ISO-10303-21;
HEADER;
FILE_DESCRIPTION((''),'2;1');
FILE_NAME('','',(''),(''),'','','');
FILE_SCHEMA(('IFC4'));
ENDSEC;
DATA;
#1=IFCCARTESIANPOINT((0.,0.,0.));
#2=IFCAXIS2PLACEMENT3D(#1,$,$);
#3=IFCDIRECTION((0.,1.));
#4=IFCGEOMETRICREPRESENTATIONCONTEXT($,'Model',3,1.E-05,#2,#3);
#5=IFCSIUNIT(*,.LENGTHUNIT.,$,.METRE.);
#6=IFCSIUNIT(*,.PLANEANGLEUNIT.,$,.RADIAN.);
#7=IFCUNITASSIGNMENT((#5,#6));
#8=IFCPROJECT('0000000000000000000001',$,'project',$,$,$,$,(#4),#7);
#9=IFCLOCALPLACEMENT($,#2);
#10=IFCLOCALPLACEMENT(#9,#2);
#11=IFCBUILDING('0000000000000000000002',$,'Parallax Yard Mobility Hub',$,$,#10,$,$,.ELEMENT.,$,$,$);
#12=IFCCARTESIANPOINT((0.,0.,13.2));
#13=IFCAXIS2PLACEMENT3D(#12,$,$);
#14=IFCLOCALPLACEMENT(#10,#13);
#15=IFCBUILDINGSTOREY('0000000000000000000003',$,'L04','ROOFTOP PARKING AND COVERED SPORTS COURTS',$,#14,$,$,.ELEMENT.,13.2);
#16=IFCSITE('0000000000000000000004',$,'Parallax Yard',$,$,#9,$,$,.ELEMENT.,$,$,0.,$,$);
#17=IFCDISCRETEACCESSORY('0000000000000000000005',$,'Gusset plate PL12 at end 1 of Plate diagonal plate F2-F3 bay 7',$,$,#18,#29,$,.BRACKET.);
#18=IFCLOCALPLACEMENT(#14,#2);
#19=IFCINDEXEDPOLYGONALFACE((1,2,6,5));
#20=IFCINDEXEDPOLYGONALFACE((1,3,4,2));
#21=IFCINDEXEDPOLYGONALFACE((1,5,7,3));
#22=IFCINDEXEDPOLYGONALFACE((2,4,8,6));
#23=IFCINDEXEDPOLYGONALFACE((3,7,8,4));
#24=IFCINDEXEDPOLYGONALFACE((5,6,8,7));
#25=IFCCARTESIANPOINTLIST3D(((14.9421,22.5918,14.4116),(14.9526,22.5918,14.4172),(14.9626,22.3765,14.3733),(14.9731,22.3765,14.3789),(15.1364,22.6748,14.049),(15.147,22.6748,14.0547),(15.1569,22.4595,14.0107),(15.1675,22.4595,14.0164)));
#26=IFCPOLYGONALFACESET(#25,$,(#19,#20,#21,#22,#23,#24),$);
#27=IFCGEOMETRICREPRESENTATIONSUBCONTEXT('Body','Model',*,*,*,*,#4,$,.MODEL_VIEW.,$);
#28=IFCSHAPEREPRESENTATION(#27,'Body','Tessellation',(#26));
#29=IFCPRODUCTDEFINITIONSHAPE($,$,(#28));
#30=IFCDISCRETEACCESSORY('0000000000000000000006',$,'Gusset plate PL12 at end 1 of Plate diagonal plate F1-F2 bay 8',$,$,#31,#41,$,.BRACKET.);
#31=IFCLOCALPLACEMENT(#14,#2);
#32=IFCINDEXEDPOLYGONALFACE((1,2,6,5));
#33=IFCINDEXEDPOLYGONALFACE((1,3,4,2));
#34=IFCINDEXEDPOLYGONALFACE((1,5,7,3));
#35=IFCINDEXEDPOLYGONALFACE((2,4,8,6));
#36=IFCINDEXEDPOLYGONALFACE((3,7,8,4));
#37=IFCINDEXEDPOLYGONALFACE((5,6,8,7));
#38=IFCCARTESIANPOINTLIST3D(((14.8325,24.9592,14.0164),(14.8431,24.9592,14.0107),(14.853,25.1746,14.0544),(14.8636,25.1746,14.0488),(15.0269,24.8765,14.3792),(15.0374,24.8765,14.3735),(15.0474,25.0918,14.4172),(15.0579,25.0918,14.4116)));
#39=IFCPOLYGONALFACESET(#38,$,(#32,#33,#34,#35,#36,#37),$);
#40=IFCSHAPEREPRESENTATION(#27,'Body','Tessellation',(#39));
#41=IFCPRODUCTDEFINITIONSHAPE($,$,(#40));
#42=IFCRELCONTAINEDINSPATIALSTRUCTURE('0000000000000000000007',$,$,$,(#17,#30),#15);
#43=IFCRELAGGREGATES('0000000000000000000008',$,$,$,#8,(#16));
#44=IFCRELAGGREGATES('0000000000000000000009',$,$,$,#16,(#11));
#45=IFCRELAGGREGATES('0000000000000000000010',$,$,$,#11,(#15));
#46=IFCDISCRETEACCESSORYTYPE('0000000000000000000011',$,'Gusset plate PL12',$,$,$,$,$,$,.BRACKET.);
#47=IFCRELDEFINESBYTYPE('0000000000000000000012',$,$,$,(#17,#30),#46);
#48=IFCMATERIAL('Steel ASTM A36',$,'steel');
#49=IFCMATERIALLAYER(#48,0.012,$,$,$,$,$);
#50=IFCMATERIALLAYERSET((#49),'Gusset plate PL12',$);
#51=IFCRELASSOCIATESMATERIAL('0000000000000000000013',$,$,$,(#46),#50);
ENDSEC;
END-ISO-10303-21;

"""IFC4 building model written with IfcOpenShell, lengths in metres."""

from ifc_helpers import new_model, si_unit, direction, frame, origin, place, context, subcontext, project, spatial, polyline, outline, extrude, material, layer, layer_set, type_object, element, save


model = new_model("IFC4")

# Units and contexts
model_context = context("Model", 3, precision=1e-05, world=origin(), true_north=direction((0.0, 1.0)))
body_context = subcontext(model_context, "Body", "Model", "MODEL_VIEW")
ifc_project = project(units=[si_unit("LENGTHUNIT", "METRE"), si_unit("PLANEANGLEUNIT", "RADIAN")], contexts=[model_context])

# Site, building, storey
site_placement = place(None, origin())
site = spatial("IfcSite", under=ifc_project, at=site_placement, Name="Parallax Yard", CompositionType="ELEMENT", RefElevation=0.0)
building_placement = place(site_placement, origin())
building = spatial("IfcBuilding", under=site, at=building_placement, Name="Parallax Yard Mobility Hub", CompositionType="ELEMENT")
storey_placement = place(building_placement, frame((0.0, 0.0, 13.2)))
storey = spatial("IfcBuildingStorey", under=building, at=storey_placement, Name="L04", Description="ROOFTOP PARKING AND COVERED SPORTS COURTS", CompositionType="ELEMENT", Elevation=13.2)

# Discrete accessories
ifc_material_1 = material(Name="Steel ASTM A36", Category="steel")
ifc_layer = layer(ifc_material_1, 0.012)
ifc_layer_set = layer_set([ifc_layer], Name="Gusset plate PL12")
discrete_accessory_type = type_object("IfcDiscreteAccessoryType", Name="Gusset plate PL12", PredefinedType="BRACKET", material=ifc_layer_set)
discrete_accessory_1_placement = place(storey_placement, frame((15.147, 22.6748, 14.0547), z_axis=(0.88138, -0.00015, 0.472409), x_axis=(-0.463101, -0.197807, 0.86395)))
element("IfcDiscreteAccessory", 1, at=discrete_accessory_1_placement, inside=storey, type_object=discrete_accessory_type, Name="Gusset plate PL12 at end 1 of Plate diagonal plate F2-F3 bay 7", PredefinedType="BRACKET", context=body_context, shape_type="SweptSolid", body=[
    extrude(outline(polyline([(0.0, 0.0), (0.4196, 0.0), (0.4196, 0.2197), (0.0, 0.2197), (0.0, 0.0)])), origin(), (0.0, 0.0, -1.0), 0.012),
])
discrete_accessory_2_placement = place(storey_placement, frame((14.8325, 24.9592, 14.0164), z_axis=(-0.881458, 0.000419, 0.472263), x_axis=(0.462921, -0.197149, 0.864197)))
element("IfcDiscreteAccessory", 2, at=discrete_accessory_2_placement, inside=storey, type_object=discrete_accessory_type, Name="Gusset plate PL12 at end 1 of Plate diagonal plate F1-F2 bay 8", PredefinedType="BRACKET", context=body_context, shape_type="SweptSolid", body=[
    extrude(outline(polyline([(0.0, 0.0), (0.4198, 0.0), (0.4198, 0.2196), (0.0, 0.2196), (0.0, 0.0)])), origin(), (0.0, 0.0, -1.0), 0.012),
])

save(model, "model.ifc")
